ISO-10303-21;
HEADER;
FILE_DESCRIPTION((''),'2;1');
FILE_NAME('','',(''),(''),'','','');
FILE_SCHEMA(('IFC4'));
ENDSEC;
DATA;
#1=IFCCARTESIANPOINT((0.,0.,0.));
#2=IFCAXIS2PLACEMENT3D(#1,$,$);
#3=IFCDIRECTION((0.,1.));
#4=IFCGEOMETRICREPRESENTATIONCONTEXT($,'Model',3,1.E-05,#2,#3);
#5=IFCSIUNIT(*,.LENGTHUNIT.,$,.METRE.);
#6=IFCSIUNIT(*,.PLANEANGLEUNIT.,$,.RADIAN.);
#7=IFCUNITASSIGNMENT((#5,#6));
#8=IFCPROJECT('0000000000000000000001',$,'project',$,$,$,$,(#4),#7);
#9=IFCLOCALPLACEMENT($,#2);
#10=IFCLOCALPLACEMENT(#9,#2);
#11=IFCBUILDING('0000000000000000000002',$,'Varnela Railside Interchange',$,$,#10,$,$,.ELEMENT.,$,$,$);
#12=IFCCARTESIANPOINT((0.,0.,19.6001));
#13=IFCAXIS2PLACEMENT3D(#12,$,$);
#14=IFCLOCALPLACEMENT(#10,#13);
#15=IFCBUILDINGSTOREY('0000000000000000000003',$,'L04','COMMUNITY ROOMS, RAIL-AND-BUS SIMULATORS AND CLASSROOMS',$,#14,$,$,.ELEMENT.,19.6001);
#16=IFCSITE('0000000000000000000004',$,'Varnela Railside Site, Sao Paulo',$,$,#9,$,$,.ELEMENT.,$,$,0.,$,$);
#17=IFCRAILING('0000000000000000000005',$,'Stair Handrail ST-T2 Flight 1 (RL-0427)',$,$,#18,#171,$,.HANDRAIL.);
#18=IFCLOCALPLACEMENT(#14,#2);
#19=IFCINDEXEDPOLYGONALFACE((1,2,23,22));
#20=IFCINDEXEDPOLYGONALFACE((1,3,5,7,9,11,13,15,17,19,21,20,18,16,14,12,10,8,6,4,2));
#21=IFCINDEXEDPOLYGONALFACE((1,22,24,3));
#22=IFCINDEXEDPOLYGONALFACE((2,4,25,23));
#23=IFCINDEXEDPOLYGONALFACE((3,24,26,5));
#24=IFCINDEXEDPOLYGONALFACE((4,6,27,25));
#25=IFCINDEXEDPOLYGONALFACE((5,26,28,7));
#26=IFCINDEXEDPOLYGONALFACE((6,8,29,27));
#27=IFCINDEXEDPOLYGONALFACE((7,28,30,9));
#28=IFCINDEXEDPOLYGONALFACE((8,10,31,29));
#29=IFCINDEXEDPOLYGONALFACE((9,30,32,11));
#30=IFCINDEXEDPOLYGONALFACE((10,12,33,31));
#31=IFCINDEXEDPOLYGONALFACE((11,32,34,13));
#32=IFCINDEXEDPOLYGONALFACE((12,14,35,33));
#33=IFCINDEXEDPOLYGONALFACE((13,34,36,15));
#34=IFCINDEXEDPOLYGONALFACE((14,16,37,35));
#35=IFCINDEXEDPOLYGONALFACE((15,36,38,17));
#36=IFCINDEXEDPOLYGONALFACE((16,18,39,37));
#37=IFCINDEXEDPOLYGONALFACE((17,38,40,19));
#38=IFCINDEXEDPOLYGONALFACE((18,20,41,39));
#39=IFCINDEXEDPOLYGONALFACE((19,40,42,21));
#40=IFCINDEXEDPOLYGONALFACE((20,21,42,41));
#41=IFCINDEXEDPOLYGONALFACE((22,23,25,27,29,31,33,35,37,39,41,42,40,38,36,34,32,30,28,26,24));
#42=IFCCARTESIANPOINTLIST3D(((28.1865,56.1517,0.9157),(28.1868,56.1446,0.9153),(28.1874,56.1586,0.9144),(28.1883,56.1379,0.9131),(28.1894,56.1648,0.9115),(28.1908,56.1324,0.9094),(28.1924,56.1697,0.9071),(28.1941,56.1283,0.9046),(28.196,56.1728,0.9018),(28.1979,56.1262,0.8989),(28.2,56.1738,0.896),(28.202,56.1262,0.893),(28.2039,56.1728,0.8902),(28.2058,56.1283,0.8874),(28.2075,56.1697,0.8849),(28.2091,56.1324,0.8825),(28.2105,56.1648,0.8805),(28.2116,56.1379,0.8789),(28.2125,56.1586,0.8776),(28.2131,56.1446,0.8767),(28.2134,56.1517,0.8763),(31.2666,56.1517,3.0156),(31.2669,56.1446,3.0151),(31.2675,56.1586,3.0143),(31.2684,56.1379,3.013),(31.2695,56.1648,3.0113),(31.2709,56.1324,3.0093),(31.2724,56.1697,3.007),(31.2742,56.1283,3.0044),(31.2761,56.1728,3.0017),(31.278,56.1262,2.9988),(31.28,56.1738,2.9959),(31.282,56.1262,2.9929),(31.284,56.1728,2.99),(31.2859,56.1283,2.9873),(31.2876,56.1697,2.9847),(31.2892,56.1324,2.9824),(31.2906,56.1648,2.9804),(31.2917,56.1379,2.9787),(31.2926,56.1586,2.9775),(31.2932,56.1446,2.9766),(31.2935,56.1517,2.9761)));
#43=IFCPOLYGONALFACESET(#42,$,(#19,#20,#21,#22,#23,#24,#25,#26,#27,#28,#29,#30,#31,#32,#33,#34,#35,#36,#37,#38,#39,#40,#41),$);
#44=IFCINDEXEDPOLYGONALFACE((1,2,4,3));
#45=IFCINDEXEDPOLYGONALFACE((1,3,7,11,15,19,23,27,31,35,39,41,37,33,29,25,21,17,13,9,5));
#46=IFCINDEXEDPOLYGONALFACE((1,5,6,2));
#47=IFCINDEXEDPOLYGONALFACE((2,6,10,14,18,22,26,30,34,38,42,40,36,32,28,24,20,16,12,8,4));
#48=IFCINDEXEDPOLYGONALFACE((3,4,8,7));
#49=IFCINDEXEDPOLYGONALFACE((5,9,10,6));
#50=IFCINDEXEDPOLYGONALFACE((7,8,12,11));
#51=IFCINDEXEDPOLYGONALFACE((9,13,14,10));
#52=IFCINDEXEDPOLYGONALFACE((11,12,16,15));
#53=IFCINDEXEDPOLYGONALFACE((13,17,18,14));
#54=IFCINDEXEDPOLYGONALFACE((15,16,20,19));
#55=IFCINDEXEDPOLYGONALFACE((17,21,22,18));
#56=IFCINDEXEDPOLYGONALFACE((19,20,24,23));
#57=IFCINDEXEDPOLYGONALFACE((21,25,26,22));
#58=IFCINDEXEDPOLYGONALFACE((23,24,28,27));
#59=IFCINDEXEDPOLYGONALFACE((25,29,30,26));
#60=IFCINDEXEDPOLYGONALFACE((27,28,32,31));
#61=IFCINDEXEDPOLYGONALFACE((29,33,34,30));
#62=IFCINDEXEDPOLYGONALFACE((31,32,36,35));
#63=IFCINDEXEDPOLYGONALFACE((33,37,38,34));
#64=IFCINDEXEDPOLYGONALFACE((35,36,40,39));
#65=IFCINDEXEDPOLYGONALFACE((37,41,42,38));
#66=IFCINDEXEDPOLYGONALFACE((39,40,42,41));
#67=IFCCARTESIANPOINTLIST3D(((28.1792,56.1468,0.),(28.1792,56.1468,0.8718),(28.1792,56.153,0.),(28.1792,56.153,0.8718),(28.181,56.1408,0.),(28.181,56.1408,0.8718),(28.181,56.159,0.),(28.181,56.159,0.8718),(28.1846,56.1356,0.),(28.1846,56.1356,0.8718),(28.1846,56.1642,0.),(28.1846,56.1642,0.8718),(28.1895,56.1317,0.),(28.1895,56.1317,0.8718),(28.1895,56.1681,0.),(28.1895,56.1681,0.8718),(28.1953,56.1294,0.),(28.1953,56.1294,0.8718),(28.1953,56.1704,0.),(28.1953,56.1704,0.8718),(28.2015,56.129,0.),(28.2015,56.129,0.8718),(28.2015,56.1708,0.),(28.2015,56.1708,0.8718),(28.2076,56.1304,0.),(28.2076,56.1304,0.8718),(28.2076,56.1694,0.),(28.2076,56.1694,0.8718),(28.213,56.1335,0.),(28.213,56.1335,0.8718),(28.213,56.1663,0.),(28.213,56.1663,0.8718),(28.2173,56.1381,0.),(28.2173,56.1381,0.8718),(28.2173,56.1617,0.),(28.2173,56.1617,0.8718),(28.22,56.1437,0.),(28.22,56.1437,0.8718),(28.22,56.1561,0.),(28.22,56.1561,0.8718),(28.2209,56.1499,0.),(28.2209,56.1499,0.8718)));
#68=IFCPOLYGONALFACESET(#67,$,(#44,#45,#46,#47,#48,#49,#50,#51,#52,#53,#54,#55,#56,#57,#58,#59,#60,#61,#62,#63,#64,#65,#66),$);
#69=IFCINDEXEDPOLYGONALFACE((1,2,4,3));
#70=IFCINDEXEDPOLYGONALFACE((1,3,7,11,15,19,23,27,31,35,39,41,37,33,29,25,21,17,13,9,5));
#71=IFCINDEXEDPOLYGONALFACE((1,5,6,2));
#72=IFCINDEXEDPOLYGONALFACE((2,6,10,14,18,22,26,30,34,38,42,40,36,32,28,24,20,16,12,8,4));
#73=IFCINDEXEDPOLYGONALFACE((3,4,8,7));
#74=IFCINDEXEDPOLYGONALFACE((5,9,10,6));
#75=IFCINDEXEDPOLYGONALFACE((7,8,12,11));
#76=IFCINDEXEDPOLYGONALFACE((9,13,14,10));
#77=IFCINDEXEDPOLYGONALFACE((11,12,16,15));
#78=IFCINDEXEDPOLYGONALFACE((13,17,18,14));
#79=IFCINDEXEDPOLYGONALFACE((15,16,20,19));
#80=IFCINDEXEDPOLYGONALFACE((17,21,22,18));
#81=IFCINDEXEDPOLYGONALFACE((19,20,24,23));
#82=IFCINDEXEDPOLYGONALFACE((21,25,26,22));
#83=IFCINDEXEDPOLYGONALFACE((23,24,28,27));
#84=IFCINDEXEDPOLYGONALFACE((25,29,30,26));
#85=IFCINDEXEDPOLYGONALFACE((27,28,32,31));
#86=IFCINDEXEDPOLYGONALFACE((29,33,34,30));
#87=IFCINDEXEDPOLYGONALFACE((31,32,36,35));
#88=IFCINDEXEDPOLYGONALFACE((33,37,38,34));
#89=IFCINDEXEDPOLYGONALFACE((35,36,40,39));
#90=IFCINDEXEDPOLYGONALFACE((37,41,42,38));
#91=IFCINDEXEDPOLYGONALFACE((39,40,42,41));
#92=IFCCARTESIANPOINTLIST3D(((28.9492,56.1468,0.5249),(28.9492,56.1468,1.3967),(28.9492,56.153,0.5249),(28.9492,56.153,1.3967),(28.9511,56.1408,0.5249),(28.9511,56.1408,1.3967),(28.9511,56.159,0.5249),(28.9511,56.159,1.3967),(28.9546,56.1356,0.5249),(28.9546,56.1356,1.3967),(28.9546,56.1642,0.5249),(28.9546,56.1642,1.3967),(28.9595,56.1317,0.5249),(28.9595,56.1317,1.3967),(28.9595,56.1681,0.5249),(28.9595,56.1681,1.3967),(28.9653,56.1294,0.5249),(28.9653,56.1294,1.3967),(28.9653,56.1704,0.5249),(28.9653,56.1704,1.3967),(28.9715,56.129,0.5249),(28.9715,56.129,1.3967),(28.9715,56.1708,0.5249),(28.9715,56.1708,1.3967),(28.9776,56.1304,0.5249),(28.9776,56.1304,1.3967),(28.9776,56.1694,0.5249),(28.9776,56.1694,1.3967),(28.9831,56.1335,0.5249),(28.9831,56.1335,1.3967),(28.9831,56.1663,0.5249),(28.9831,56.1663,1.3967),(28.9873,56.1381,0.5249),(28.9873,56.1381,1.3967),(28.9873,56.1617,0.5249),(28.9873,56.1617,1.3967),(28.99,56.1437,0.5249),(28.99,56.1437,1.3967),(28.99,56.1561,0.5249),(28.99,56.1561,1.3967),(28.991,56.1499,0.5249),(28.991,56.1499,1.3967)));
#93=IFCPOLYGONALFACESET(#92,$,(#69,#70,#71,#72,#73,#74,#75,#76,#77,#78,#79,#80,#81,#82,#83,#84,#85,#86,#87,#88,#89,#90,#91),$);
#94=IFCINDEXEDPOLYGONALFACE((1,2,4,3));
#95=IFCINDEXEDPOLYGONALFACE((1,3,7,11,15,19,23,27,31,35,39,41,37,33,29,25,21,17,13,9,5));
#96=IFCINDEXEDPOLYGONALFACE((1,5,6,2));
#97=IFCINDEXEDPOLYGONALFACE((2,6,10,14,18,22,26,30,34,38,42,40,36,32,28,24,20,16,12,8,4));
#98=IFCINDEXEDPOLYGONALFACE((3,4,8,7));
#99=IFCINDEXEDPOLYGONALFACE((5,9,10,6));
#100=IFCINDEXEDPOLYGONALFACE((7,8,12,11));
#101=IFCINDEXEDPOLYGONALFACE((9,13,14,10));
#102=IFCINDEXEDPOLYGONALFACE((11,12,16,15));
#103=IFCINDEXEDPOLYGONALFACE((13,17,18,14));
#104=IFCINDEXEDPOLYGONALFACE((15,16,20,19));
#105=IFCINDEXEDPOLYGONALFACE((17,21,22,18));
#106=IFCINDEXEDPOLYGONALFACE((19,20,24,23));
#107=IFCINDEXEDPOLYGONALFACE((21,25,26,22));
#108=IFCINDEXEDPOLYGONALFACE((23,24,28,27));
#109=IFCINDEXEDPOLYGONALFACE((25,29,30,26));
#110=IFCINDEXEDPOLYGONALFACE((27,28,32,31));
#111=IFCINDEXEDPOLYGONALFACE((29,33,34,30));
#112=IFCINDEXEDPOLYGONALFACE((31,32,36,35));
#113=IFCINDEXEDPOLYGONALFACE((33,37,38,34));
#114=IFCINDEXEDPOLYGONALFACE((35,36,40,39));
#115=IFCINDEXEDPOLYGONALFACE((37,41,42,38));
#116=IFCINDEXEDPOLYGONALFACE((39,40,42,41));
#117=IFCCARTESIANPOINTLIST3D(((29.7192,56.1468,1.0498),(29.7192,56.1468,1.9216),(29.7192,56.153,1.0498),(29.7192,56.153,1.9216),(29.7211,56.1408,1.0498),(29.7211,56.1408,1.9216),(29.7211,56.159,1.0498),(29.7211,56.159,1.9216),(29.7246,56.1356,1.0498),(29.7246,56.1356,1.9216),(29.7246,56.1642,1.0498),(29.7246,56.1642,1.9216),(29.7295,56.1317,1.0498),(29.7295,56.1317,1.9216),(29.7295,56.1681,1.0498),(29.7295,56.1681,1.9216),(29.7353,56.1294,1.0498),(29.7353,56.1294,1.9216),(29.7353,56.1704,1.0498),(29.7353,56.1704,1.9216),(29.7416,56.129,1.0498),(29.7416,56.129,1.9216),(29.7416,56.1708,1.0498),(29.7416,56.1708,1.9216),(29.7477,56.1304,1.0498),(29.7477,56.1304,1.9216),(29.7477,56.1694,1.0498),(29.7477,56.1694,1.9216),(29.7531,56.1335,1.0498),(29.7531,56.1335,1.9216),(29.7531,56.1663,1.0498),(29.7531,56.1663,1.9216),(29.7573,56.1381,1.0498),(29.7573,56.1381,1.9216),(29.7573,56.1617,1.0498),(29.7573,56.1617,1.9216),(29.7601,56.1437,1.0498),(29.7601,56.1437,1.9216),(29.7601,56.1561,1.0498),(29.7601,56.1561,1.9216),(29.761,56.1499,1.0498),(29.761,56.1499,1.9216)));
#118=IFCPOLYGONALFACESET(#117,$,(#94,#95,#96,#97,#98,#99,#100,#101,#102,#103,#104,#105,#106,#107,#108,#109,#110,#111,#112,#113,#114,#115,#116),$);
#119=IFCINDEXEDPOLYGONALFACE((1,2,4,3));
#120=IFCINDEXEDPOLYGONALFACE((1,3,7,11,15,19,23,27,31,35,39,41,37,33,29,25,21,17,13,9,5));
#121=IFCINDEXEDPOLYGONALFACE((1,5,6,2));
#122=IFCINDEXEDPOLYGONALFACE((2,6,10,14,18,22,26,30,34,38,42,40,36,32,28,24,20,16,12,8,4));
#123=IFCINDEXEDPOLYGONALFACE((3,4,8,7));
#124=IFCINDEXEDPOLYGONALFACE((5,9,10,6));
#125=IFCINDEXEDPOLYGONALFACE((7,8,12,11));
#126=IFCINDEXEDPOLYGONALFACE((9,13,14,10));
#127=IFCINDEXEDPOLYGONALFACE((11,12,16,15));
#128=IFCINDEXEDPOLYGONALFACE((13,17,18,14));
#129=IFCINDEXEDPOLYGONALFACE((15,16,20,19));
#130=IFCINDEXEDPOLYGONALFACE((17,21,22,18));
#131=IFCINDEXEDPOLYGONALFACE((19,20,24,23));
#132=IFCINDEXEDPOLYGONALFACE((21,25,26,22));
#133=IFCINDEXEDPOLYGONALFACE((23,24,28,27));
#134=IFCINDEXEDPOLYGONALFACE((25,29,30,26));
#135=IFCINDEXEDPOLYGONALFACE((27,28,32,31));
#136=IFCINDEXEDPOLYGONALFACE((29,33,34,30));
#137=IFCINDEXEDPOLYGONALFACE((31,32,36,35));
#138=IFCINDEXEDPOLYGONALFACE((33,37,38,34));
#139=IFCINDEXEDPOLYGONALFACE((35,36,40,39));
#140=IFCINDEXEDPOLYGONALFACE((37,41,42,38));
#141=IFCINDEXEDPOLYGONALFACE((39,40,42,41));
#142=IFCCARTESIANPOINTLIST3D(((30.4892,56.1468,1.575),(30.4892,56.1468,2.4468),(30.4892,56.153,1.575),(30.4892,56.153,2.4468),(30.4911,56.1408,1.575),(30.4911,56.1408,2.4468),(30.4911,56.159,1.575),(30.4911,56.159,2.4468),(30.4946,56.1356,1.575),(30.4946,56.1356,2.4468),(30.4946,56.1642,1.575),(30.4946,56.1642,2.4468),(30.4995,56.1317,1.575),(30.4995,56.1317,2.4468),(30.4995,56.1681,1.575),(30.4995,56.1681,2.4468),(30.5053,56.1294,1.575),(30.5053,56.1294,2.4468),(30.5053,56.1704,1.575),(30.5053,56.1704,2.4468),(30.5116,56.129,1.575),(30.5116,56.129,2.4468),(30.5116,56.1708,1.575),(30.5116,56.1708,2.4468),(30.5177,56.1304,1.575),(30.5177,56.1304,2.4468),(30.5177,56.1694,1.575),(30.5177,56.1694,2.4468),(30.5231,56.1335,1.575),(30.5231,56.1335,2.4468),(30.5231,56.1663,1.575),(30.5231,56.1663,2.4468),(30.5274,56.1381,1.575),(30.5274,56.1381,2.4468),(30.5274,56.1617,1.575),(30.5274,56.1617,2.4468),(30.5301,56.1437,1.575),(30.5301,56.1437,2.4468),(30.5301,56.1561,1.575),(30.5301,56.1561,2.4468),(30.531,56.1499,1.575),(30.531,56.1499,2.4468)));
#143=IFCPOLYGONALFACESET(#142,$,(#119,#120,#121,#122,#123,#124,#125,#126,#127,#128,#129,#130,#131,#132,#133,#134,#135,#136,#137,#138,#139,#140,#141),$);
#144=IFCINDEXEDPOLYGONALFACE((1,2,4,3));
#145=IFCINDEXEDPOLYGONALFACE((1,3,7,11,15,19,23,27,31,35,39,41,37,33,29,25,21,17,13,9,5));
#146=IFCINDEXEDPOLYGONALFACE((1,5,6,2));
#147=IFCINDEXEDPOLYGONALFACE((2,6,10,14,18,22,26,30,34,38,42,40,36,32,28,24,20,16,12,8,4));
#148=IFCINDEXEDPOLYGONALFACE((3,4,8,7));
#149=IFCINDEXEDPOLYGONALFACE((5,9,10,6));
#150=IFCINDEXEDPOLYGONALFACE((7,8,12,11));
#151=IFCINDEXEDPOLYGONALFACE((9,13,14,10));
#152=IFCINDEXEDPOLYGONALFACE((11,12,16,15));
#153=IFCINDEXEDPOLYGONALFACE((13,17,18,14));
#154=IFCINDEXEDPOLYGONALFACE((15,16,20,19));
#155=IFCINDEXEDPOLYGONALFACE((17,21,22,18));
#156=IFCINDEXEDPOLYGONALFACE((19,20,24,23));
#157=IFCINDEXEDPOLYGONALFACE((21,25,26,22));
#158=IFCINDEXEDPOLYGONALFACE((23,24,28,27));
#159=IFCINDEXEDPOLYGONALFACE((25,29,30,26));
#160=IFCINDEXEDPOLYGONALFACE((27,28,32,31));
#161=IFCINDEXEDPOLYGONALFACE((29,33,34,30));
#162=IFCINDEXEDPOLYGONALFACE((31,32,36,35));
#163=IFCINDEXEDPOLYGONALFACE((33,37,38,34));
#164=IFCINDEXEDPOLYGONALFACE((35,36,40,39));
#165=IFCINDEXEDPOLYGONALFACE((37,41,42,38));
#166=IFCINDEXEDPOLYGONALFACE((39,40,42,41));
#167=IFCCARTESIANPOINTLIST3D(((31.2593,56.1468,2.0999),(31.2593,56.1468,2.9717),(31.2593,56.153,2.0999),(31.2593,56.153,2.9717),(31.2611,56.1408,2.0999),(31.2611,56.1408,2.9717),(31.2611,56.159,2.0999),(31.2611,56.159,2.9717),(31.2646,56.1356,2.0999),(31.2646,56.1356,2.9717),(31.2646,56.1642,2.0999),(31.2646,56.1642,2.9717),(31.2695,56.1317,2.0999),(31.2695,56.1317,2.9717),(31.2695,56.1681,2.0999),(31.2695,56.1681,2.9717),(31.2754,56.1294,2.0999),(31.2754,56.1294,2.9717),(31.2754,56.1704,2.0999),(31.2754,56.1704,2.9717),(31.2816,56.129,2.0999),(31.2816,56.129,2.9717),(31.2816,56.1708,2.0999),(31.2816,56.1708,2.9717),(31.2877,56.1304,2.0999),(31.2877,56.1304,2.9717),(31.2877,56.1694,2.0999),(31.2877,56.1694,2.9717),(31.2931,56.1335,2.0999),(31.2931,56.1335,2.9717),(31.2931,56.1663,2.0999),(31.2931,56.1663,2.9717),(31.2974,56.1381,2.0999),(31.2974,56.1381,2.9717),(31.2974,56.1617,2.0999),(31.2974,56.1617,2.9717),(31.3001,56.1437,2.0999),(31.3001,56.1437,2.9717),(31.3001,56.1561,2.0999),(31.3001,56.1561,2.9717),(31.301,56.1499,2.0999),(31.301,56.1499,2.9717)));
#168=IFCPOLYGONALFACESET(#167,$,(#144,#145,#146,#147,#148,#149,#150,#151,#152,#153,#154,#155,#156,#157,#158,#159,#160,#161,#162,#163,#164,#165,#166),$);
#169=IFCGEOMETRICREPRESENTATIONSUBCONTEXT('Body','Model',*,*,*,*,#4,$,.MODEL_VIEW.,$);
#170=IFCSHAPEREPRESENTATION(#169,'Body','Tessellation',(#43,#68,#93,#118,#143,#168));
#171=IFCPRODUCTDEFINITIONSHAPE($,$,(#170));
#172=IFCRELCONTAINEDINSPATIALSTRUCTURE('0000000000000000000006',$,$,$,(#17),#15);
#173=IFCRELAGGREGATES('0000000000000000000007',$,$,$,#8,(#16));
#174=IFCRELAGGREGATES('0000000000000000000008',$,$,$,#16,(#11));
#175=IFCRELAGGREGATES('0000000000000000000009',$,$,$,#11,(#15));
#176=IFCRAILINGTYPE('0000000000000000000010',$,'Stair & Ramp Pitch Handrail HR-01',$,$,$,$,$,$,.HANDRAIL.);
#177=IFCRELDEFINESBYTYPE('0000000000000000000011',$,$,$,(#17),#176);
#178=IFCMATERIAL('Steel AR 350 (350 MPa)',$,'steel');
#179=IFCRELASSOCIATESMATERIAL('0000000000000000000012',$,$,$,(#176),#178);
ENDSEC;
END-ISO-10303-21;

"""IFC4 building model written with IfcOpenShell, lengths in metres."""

from ifc_helpers import new_model, si_unit, direction, frame, origin, origin_2d, place, context, subcontext, project, spatial, circle, extrude, material, type_object, element, save


model = new_model("IFC4")

# Units and contexts
model_context = context("Model", 3, precision=1e-05, world=origin(), true_north=direction((0.0, 1.0)))
body_context = subcontext(model_context, "Body", "Model", "MODEL_VIEW")
ifc_project = project(units=[si_unit("LENGTHUNIT", "METRE"), si_unit("PLANEANGLEUNIT", "RADIAN")], contexts=[model_context])

# Site, building, storey
site_placement = place(None, origin())
site = spatial("IfcSite", under=ifc_project, at=site_placement, Name="Varnela Railside Site, Sao Paulo", CompositionType="ELEMENT", RefElevation=0.0)
building_placement = place(site_placement, origin())
building = spatial("IfcBuilding", under=site, at=building_placement, Name="Varnela Railside Interchange", CompositionType="ELEMENT")
storey_placement = place(building_placement, frame((0.0, 0.0, 19.6001)))
storey = spatial("IfcBuildingStorey", under=building, at=storey_placement, Name="L04", Description="COMMUNITY ROOMS, RAIL-AND-BUS SIMULATORS AND CLASSROOMS", CompositionType="ELEMENT", Elevation=19.6001)

# Shared definitions
ifc_material_1 = material(Name="Steel AR 350 (350 MPa)", Category="steel")

# Railing
railing_type_1 = type_object("IfcRailingType", Name="Stair & Ramp Pitch Handrail HR-01", PredefinedType="HANDRAIL", material=ifc_material_1)
railing_1_placement = place(storey_placement, frame((28.2, 56.1499, 0.0)))
element("IfcRailing", 1, at=railing_1_placement, inside=storey, type_object=railing_type_1, Name="Stair Handrail ST-T2 Flight 1 (RL-0427)", PredefinedType="HANDRAIL", context=body_context, shape_type="SweptSolid", body=[
    extrude(circle(Radius=0.0239, at=origin_2d()), frame((0.0, 0.0, 0.896), z_axis=(0.826252, 0.0, 0.5633), x_axis=(0.0, 1.0, 0.0)), (0.0, 0.0, 1.0), 3.7278),
    extrude(circle(Radius=0.021, at=origin_2d()), origin(), (0.0, 0.0, 1.0), 0.8718),
    extrude(circle(Radius=0.021, at=origin_2d()), frame((0.77, 0.0, 0.5249)), (0.0, 0.0, 1.0), 0.8718),
    extrude(circle(Radius=0.021, at=origin_2d()), frame((1.54, 0.0, 1.0498)), (0.0, 0.0, 1.0), 0.8718),
    extrude(circle(Radius=0.021, at=origin_2d()), frame((2.3101, 0.0, 1.575)), (0.0, 0.0, 1.0), 0.8718),
    extrude(circle(Radius=0.021, at=origin_2d()), frame((3.0801, 0.0, 2.0999)), (0.0, 0.0, 1.0), 0.8718),
])

save(model, "model.ifc")
